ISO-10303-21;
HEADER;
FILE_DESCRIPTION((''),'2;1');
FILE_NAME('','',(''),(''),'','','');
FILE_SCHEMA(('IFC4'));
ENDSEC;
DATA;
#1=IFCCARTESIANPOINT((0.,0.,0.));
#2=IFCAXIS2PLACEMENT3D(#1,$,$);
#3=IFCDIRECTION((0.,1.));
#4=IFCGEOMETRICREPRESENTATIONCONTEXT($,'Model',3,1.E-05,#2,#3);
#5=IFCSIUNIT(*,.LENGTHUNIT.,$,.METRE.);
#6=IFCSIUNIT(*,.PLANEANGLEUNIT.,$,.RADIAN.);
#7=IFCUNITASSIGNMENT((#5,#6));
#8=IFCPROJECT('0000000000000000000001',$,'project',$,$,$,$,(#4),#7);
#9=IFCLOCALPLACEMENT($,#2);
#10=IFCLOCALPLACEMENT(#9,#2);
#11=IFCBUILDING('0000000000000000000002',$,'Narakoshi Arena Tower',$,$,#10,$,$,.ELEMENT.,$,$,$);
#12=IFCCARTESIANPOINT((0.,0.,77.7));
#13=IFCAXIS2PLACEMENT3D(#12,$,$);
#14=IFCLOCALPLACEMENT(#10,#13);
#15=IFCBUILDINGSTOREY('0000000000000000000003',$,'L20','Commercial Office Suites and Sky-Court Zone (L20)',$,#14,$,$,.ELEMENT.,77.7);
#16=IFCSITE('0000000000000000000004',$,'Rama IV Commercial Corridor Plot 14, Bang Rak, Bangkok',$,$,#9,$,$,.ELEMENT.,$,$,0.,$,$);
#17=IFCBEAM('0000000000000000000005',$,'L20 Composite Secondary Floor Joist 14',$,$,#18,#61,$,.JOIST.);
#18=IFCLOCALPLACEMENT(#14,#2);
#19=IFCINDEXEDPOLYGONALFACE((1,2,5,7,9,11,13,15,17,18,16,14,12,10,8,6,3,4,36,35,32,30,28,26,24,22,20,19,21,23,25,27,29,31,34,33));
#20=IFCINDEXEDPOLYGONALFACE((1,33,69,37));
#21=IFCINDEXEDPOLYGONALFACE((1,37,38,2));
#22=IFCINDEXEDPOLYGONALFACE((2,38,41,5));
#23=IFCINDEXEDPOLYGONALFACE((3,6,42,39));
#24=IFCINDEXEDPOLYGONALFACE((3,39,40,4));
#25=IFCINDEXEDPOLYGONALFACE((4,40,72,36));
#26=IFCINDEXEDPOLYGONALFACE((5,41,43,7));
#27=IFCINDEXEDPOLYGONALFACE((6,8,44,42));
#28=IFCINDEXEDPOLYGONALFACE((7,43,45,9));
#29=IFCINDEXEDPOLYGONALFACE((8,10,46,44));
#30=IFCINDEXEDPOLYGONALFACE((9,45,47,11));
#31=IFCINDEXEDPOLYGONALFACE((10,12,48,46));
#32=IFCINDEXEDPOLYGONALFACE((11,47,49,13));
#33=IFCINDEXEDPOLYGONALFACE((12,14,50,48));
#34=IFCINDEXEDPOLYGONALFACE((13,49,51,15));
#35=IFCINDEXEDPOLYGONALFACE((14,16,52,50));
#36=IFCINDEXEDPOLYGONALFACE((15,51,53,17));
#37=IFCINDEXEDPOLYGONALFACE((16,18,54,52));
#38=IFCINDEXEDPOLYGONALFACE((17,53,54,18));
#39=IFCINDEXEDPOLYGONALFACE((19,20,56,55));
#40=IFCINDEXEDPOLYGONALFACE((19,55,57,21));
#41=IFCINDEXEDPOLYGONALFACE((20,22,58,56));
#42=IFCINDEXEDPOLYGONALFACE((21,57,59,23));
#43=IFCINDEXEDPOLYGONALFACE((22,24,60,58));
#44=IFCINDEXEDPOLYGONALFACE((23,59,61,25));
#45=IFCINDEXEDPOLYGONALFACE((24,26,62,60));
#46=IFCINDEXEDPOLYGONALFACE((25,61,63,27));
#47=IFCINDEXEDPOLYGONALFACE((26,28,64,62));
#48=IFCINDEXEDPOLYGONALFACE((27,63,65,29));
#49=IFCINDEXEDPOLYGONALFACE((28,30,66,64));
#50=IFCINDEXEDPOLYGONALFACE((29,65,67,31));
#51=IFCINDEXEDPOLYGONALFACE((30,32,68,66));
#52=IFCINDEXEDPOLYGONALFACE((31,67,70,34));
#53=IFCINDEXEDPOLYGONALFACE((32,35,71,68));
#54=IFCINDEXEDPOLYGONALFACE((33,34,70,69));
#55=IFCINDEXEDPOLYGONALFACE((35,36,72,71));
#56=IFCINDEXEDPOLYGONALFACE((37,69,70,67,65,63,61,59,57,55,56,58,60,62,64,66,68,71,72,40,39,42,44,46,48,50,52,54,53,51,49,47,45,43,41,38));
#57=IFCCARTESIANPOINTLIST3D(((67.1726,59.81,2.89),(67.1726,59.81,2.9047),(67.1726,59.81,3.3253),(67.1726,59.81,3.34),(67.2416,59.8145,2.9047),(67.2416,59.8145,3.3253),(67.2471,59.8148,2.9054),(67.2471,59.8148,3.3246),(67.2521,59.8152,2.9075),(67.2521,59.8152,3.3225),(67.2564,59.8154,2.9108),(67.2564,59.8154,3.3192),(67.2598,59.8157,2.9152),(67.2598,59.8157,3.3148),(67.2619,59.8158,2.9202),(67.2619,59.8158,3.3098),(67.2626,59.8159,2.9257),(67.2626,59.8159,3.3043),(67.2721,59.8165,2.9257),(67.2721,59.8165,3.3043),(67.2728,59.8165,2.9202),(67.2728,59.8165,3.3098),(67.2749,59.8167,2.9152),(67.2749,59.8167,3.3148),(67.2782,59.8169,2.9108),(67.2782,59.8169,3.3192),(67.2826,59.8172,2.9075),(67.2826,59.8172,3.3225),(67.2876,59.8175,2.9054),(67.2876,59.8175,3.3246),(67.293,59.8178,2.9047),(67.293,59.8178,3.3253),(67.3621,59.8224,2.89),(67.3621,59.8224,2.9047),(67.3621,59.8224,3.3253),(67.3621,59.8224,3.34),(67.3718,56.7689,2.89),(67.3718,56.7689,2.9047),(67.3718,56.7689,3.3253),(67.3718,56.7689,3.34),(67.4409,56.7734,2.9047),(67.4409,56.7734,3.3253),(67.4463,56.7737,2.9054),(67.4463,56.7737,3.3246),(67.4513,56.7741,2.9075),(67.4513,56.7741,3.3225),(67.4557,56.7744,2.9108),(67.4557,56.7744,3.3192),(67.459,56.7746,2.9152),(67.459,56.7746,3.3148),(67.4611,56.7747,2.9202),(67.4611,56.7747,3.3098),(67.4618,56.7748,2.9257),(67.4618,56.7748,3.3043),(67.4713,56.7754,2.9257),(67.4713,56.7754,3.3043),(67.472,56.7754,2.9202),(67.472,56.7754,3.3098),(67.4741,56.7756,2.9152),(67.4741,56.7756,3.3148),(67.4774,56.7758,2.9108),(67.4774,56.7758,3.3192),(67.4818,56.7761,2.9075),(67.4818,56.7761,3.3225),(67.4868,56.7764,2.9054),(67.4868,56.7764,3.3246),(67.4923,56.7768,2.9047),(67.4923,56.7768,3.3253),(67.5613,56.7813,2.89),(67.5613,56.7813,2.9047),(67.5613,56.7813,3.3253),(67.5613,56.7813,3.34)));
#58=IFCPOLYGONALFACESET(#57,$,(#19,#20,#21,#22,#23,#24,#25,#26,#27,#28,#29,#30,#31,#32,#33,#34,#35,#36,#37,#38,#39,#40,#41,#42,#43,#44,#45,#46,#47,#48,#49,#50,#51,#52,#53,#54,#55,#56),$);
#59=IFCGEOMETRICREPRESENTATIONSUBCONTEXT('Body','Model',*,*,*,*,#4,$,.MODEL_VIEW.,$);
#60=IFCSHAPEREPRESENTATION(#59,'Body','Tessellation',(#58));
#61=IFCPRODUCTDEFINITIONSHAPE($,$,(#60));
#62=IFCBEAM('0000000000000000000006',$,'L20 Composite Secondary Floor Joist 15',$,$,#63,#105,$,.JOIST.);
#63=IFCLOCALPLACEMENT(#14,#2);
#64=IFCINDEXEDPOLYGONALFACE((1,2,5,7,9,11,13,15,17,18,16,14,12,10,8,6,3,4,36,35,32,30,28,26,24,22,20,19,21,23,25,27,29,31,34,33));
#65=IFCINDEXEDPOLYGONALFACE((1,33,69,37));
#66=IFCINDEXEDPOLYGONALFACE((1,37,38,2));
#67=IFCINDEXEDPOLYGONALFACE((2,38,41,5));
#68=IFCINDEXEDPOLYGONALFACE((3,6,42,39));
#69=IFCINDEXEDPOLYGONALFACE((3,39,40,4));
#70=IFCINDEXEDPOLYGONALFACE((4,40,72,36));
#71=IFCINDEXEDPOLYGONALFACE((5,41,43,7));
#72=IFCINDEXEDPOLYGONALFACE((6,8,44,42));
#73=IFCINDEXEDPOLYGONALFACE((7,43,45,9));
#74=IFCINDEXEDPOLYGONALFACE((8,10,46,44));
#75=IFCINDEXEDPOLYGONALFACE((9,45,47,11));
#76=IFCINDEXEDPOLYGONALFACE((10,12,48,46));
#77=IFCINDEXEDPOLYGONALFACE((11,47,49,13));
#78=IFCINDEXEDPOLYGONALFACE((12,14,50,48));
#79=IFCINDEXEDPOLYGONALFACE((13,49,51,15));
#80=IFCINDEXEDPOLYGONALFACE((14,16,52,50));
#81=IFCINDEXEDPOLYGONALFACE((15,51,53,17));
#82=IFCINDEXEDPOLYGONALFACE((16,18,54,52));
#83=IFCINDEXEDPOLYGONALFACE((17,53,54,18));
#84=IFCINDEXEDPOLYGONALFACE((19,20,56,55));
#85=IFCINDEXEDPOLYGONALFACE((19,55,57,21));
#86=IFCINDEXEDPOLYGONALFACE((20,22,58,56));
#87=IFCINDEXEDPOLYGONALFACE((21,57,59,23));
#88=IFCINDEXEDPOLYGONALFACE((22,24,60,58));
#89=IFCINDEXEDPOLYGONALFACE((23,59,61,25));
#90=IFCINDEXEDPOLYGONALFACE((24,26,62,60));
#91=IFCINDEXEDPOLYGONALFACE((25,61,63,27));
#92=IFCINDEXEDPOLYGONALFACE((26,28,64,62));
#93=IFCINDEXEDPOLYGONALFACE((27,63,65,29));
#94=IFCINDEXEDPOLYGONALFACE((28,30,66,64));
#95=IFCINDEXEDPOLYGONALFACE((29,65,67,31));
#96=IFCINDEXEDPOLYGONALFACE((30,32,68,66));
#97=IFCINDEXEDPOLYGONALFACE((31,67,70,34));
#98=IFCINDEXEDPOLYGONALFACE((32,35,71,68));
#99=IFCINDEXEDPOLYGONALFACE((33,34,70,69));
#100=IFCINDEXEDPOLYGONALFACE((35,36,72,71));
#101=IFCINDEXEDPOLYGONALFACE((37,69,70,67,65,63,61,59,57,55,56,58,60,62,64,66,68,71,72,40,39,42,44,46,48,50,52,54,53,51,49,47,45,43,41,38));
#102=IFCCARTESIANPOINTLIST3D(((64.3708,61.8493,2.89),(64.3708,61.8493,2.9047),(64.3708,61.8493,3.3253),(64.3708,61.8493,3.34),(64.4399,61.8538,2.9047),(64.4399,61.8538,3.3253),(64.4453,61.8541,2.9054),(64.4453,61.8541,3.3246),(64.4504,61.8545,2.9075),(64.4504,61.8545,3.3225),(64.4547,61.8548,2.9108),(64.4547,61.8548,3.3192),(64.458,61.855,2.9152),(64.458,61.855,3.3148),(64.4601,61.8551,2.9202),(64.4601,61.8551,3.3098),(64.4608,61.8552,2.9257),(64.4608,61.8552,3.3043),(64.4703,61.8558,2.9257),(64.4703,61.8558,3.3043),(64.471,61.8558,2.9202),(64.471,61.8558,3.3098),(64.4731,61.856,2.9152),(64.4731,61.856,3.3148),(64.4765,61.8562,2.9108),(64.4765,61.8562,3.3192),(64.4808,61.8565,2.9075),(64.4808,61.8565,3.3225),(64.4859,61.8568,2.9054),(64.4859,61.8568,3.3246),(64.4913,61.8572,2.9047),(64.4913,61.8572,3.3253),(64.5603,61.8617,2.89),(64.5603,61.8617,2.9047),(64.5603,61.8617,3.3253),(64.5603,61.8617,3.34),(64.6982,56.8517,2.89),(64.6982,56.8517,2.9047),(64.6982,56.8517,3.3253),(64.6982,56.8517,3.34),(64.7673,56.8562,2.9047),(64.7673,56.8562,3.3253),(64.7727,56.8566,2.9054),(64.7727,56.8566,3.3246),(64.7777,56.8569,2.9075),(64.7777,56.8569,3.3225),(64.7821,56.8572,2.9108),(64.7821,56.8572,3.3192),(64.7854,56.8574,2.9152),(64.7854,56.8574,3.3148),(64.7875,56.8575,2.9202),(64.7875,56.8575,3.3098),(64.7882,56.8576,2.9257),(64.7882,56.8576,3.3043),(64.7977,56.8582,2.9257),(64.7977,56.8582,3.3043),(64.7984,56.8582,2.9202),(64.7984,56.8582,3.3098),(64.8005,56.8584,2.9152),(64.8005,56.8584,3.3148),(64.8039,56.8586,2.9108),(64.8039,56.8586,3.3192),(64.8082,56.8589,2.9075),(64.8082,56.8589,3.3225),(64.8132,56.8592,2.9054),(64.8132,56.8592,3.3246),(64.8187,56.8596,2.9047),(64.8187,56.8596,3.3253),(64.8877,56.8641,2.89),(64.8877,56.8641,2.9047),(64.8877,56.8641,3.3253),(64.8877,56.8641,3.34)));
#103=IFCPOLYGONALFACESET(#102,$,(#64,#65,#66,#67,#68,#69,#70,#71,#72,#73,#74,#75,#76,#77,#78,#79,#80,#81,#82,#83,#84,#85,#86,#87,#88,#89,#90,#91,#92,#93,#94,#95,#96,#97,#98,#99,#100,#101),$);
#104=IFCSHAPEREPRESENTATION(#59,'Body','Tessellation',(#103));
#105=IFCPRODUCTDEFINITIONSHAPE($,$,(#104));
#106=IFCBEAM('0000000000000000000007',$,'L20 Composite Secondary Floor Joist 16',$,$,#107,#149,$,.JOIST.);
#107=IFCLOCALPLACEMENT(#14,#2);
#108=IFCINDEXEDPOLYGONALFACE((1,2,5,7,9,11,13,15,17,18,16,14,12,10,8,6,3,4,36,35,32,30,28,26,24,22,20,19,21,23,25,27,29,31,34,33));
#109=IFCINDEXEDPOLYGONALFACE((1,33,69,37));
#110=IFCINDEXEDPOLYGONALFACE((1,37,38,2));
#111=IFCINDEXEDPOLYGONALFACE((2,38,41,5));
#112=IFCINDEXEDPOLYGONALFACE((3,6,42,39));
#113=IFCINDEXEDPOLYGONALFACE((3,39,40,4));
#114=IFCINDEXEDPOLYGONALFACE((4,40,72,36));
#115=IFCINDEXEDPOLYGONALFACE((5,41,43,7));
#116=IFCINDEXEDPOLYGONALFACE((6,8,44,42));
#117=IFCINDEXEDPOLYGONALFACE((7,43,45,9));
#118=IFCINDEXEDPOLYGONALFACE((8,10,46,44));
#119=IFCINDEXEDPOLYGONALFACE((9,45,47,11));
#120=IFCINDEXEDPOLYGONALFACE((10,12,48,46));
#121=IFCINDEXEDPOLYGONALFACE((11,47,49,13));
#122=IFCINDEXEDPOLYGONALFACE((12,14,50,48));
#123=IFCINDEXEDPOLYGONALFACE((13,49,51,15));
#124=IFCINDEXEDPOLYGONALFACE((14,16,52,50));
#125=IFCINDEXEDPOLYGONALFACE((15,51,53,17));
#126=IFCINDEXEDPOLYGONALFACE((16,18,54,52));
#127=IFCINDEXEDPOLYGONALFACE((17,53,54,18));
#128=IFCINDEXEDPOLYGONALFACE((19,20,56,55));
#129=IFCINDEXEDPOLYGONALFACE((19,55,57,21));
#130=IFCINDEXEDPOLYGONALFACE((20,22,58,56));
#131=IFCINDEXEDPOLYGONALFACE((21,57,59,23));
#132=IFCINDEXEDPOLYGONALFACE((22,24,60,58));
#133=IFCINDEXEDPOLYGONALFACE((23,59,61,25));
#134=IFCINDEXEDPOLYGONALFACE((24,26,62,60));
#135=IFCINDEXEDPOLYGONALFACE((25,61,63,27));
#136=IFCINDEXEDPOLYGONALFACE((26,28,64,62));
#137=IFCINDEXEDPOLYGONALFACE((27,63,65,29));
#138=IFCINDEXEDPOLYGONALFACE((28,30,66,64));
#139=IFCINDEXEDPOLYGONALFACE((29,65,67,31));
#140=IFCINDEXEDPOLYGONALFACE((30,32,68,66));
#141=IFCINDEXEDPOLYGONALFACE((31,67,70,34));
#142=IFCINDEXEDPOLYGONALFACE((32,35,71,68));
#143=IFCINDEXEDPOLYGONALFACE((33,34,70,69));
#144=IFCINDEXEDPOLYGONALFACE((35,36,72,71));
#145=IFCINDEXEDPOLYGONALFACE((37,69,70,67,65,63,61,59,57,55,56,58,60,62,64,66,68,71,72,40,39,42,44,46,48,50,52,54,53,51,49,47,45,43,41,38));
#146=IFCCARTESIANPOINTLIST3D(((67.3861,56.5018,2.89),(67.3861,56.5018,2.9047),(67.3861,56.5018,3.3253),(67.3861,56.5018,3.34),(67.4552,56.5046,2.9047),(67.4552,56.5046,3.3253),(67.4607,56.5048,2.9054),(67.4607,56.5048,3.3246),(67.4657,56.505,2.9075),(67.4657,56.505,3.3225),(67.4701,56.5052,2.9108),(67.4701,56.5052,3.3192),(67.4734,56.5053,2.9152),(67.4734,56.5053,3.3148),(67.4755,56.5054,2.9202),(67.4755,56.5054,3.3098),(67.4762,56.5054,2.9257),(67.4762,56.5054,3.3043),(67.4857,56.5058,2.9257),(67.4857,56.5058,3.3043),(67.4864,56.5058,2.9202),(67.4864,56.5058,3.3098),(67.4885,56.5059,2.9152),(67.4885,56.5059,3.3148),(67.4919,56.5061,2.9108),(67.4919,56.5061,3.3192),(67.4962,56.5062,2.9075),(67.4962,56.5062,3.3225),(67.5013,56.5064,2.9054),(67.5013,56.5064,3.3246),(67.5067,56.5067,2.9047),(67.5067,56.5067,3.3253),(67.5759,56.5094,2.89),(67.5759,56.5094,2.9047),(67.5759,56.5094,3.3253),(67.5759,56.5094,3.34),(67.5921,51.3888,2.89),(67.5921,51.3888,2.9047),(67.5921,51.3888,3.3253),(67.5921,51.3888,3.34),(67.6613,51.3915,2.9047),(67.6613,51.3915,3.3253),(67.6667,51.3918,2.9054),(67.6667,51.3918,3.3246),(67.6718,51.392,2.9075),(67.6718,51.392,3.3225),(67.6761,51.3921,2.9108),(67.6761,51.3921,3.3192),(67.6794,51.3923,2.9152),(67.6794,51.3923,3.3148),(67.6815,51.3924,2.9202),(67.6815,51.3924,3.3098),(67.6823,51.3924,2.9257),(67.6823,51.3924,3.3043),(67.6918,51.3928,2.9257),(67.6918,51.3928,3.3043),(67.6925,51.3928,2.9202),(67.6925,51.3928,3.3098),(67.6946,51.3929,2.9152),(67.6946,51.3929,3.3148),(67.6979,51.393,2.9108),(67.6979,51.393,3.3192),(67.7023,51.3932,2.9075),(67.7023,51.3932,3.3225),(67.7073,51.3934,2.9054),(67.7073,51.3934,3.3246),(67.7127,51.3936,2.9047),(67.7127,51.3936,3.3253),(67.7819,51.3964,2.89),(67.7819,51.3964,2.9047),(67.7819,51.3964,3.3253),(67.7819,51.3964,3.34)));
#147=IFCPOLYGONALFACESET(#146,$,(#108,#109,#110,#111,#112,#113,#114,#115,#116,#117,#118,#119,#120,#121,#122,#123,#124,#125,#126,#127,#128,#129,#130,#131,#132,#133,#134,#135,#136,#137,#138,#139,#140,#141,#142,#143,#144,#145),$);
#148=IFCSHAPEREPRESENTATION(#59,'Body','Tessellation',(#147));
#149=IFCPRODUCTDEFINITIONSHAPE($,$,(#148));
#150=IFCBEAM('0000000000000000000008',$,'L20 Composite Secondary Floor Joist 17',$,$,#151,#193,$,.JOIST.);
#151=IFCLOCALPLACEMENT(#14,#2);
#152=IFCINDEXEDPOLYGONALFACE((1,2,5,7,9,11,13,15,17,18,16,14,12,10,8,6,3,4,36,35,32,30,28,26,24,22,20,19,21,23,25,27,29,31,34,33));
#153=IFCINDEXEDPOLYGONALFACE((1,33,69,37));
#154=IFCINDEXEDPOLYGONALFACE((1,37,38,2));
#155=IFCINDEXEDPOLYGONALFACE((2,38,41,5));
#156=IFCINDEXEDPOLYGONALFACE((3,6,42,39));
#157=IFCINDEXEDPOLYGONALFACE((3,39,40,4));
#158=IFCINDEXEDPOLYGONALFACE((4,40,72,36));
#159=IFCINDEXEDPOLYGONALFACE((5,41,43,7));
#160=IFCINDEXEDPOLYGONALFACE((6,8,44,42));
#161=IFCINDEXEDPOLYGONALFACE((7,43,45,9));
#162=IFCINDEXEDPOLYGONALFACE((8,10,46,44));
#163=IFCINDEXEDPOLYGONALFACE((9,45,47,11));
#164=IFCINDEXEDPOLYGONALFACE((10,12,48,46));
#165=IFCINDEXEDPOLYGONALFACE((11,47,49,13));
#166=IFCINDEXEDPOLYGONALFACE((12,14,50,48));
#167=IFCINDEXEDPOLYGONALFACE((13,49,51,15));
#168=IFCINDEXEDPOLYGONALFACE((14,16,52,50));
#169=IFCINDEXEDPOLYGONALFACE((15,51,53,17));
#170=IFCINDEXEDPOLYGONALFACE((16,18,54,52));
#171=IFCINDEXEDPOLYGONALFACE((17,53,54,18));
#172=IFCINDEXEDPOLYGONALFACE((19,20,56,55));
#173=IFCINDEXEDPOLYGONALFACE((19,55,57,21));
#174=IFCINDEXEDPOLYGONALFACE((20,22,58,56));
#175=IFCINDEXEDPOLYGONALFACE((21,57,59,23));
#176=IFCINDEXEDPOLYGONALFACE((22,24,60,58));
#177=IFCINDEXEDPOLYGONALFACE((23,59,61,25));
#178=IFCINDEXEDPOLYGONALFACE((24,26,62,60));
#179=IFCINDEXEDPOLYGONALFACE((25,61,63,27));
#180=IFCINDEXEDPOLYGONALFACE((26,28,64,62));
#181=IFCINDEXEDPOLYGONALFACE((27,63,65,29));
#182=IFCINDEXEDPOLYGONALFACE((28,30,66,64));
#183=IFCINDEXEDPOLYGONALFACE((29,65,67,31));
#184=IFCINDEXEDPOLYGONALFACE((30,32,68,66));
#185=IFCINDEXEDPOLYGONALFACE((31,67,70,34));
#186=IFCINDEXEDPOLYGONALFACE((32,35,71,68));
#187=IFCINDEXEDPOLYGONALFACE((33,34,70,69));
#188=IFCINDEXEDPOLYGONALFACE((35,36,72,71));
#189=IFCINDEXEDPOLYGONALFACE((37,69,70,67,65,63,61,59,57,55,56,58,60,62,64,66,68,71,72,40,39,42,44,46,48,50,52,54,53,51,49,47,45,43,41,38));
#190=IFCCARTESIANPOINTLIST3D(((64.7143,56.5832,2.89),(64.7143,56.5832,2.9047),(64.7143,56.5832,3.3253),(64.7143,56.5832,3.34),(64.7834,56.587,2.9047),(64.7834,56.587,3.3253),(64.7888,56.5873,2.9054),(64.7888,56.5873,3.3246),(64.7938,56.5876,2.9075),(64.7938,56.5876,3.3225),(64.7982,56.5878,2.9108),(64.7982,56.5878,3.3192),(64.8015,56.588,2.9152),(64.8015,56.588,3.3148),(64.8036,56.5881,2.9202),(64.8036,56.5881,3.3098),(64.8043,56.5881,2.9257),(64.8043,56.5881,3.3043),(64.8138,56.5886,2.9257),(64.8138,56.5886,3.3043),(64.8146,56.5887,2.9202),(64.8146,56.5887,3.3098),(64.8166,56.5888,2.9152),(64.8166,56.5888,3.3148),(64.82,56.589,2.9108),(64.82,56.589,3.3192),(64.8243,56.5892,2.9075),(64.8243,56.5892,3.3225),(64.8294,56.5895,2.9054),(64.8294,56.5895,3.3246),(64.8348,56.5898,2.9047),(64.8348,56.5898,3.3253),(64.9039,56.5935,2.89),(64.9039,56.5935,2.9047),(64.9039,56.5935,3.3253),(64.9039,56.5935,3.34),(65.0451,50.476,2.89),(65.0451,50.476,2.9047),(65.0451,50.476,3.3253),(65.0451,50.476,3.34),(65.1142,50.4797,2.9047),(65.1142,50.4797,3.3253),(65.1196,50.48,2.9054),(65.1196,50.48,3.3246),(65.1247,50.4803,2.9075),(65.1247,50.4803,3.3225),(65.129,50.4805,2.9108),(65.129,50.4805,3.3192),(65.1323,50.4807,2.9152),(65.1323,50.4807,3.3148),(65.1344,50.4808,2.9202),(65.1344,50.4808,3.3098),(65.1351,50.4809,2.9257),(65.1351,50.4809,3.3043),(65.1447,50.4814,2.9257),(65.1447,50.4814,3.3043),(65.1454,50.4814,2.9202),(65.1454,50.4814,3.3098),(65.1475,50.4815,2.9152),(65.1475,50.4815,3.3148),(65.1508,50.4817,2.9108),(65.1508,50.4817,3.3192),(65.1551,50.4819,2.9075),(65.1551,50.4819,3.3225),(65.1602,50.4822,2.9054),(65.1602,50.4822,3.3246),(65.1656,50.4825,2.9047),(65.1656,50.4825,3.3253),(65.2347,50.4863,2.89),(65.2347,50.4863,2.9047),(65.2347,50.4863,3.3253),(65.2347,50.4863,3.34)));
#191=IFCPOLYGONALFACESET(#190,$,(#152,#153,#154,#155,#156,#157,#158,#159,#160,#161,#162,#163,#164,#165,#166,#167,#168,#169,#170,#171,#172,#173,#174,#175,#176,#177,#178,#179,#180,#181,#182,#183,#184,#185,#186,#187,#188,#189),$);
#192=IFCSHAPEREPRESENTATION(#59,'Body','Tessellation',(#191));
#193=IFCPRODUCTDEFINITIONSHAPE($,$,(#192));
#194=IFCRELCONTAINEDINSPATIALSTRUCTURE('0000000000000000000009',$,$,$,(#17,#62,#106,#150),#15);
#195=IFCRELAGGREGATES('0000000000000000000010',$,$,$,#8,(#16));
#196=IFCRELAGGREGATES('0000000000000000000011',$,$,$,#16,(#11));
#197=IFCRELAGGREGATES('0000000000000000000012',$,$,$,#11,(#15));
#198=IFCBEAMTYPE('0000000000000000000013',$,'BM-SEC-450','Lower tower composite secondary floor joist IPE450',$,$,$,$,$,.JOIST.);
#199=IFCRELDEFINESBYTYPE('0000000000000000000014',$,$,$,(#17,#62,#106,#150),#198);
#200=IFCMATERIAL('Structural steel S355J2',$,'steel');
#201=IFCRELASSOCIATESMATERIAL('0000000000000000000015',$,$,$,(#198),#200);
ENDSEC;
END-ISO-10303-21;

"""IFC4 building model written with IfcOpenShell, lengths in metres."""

from ifc_helpers import new_model, si_unit, direction, frame, origin, origin_2d, place, context, subcontext, project, spatial, i_section, extrude, material, material_profile, profile_set, type_object, element, save


model = new_model("IFC4")

# Units and contexts
model_context = context("Model", 3, precision=1e-05, world=origin(), true_north=direction((0.0, 1.0)))
body_context = subcontext(model_context, "Body", "Model", "MODEL_VIEW")
ifc_project = project(units=[si_unit("LENGTHUNIT", "METRE"), si_unit("PLANEANGLEUNIT", "RADIAN")], contexts=[model_context])

# Site, building, storey
site_placement = place(None, origin())
site = spatial("IfcSite", under=ifc_project, at=site_placement, Name="Rama IV Commercial Corridor Plot 14, Bang Rak, Bangkok", CompositionType="ELEMENT", RefElevation=0.0)
building_placement = place(site_placement, origin())
building = spatial("IfcBuilding", under=site, at=building_placement, Name="Narakoshi Arena Tower", CompositionType="ELEMENT")
storey_placement = place(building_placement, frame((0.0, 0.0, 77.7)))
storey = spatial("IfcBuildingStorey", under=building, at=storey_placement, Name="L20", Description="Commercial Office Suites and Sky-Court Zone (L20)", CompositionType="ELEMENT", Elevation=77.7)

# Beams
ifc_material_1 = material(Name="Structural steel S355J2", Category="steel")
ifc_material_profile_1 = material_profile(ifc_material_1, i_section(OverallWidth=0.1899, OverallDepth=0.45, WebThickness=0.0095, FlangeThickness=0.0146, FilletRadius=0.021, at=origin_2d()), Name="IPE450")
ifc_profile_set_1 = profile_set([ifc_material_profile_1], Name="Structural steel S355J2")
beam_type_1 = type_object("IfcBeamType", Name="BM-SEC-450", Description="Lower tower composite secondary floor joist IPE450", PredefinedType="JOIST", material=ifc_profile_set_1)
beam_1_placement = place(storey_placement, frame((67.2673, 59.8162, 3.115), z_axis=(0.06537, -0.997861, 0.0), x_axis=(0.997861, 0.06537, 0.0)))
element("IfcBeam", 1, at=beam_1_placement, inside=storey, type_object=beam_type_1, Name="L20 Composite Secondary Floor Joist 14", PredefinedType="JOIST", context=body_context, shape_type="SweptSolid", body=[
    extrude(i_section(OverallWidth=0.1899, OverallDepth=0.45, WebThickness=0.0095, FlangeThickness=0.0146, FilletRadius=0.021, at=origin_2d()), origin(), (0.0, 0.0, 1.0), 3.0476),
])
beam_2_placement = place(storey_placement, frame((64.4656, 61.8555, 3.115), z_axis=(0.06537, -0.997861, 0.0), x_axis=(0.997861, 0.06537, 0.0)))
element("IfcBeam", 2, at=beam_2_placement, inside=storey, type_object=beam_type_1, Name="L20 Composite Secondary Floor Joist 15", PredefinedType="JOIST", context=body_context, shape_type="SweptSolid", body=[
    extrude(i_section(OverallWidth=0.1899, OverallDepth=0.45, WebThickness=0.0095, FlangeThickness=0.0146, FilletRadius=0.021, at=origin_2d()), origin(), (0.0, 0.0, 1.0), 5.0083),
])
beam_3_placement = place(storey_placement, frame((67.481, 56.5056, 3.115), z_axis=(0.040267, -0.999189, 0.0), x_axis=(0.999189, 0.040267, 0.0)))
element("IfcBeam", 3, at=beam_3_placement, inside=storey, type_object=beam_type_1, Name="L20 Composite Secondary Floor Joist 16", PredefinedType="JOIST", context=body_context, shape_type="SweptSolid", body=[
    extrude(i_section(OverallWidth=0.1899, OverallDepth=0.45, WebThickness=0.0095, FlangeThickness=0.0146, FilletRadius=0.021, at=origin_2d()), origin(), (0.0, 0.0, 1.0), 5.1172),
])
beam_4_placement = place(storey_placement, frame((64.8091, 56.5884, 3.115), z_axis=(0.054088, -0.998536, 0.0), x_axis=(0.998536, 0.054088, 0.0)))
element("IfcBeam", 4, at=beam_4_placement, inside=storey, type_object=beam_type_1, Name="L20 Composite Secondary Floor Joist 17", PredefinedType="JOIST", context=body_context, shape_type="SweptSolid", body=[
    extrude(i_section(OverallWidth=0.1899, OverallDepth=0.45, WebThickness=0.0095, FlangeThickness=0.0146, FilletRadius=0.021, at=origin_2d()), origin(), (0.0, 0.0, 1.0), 6.1162),
])

save(model, "model.ifc")
